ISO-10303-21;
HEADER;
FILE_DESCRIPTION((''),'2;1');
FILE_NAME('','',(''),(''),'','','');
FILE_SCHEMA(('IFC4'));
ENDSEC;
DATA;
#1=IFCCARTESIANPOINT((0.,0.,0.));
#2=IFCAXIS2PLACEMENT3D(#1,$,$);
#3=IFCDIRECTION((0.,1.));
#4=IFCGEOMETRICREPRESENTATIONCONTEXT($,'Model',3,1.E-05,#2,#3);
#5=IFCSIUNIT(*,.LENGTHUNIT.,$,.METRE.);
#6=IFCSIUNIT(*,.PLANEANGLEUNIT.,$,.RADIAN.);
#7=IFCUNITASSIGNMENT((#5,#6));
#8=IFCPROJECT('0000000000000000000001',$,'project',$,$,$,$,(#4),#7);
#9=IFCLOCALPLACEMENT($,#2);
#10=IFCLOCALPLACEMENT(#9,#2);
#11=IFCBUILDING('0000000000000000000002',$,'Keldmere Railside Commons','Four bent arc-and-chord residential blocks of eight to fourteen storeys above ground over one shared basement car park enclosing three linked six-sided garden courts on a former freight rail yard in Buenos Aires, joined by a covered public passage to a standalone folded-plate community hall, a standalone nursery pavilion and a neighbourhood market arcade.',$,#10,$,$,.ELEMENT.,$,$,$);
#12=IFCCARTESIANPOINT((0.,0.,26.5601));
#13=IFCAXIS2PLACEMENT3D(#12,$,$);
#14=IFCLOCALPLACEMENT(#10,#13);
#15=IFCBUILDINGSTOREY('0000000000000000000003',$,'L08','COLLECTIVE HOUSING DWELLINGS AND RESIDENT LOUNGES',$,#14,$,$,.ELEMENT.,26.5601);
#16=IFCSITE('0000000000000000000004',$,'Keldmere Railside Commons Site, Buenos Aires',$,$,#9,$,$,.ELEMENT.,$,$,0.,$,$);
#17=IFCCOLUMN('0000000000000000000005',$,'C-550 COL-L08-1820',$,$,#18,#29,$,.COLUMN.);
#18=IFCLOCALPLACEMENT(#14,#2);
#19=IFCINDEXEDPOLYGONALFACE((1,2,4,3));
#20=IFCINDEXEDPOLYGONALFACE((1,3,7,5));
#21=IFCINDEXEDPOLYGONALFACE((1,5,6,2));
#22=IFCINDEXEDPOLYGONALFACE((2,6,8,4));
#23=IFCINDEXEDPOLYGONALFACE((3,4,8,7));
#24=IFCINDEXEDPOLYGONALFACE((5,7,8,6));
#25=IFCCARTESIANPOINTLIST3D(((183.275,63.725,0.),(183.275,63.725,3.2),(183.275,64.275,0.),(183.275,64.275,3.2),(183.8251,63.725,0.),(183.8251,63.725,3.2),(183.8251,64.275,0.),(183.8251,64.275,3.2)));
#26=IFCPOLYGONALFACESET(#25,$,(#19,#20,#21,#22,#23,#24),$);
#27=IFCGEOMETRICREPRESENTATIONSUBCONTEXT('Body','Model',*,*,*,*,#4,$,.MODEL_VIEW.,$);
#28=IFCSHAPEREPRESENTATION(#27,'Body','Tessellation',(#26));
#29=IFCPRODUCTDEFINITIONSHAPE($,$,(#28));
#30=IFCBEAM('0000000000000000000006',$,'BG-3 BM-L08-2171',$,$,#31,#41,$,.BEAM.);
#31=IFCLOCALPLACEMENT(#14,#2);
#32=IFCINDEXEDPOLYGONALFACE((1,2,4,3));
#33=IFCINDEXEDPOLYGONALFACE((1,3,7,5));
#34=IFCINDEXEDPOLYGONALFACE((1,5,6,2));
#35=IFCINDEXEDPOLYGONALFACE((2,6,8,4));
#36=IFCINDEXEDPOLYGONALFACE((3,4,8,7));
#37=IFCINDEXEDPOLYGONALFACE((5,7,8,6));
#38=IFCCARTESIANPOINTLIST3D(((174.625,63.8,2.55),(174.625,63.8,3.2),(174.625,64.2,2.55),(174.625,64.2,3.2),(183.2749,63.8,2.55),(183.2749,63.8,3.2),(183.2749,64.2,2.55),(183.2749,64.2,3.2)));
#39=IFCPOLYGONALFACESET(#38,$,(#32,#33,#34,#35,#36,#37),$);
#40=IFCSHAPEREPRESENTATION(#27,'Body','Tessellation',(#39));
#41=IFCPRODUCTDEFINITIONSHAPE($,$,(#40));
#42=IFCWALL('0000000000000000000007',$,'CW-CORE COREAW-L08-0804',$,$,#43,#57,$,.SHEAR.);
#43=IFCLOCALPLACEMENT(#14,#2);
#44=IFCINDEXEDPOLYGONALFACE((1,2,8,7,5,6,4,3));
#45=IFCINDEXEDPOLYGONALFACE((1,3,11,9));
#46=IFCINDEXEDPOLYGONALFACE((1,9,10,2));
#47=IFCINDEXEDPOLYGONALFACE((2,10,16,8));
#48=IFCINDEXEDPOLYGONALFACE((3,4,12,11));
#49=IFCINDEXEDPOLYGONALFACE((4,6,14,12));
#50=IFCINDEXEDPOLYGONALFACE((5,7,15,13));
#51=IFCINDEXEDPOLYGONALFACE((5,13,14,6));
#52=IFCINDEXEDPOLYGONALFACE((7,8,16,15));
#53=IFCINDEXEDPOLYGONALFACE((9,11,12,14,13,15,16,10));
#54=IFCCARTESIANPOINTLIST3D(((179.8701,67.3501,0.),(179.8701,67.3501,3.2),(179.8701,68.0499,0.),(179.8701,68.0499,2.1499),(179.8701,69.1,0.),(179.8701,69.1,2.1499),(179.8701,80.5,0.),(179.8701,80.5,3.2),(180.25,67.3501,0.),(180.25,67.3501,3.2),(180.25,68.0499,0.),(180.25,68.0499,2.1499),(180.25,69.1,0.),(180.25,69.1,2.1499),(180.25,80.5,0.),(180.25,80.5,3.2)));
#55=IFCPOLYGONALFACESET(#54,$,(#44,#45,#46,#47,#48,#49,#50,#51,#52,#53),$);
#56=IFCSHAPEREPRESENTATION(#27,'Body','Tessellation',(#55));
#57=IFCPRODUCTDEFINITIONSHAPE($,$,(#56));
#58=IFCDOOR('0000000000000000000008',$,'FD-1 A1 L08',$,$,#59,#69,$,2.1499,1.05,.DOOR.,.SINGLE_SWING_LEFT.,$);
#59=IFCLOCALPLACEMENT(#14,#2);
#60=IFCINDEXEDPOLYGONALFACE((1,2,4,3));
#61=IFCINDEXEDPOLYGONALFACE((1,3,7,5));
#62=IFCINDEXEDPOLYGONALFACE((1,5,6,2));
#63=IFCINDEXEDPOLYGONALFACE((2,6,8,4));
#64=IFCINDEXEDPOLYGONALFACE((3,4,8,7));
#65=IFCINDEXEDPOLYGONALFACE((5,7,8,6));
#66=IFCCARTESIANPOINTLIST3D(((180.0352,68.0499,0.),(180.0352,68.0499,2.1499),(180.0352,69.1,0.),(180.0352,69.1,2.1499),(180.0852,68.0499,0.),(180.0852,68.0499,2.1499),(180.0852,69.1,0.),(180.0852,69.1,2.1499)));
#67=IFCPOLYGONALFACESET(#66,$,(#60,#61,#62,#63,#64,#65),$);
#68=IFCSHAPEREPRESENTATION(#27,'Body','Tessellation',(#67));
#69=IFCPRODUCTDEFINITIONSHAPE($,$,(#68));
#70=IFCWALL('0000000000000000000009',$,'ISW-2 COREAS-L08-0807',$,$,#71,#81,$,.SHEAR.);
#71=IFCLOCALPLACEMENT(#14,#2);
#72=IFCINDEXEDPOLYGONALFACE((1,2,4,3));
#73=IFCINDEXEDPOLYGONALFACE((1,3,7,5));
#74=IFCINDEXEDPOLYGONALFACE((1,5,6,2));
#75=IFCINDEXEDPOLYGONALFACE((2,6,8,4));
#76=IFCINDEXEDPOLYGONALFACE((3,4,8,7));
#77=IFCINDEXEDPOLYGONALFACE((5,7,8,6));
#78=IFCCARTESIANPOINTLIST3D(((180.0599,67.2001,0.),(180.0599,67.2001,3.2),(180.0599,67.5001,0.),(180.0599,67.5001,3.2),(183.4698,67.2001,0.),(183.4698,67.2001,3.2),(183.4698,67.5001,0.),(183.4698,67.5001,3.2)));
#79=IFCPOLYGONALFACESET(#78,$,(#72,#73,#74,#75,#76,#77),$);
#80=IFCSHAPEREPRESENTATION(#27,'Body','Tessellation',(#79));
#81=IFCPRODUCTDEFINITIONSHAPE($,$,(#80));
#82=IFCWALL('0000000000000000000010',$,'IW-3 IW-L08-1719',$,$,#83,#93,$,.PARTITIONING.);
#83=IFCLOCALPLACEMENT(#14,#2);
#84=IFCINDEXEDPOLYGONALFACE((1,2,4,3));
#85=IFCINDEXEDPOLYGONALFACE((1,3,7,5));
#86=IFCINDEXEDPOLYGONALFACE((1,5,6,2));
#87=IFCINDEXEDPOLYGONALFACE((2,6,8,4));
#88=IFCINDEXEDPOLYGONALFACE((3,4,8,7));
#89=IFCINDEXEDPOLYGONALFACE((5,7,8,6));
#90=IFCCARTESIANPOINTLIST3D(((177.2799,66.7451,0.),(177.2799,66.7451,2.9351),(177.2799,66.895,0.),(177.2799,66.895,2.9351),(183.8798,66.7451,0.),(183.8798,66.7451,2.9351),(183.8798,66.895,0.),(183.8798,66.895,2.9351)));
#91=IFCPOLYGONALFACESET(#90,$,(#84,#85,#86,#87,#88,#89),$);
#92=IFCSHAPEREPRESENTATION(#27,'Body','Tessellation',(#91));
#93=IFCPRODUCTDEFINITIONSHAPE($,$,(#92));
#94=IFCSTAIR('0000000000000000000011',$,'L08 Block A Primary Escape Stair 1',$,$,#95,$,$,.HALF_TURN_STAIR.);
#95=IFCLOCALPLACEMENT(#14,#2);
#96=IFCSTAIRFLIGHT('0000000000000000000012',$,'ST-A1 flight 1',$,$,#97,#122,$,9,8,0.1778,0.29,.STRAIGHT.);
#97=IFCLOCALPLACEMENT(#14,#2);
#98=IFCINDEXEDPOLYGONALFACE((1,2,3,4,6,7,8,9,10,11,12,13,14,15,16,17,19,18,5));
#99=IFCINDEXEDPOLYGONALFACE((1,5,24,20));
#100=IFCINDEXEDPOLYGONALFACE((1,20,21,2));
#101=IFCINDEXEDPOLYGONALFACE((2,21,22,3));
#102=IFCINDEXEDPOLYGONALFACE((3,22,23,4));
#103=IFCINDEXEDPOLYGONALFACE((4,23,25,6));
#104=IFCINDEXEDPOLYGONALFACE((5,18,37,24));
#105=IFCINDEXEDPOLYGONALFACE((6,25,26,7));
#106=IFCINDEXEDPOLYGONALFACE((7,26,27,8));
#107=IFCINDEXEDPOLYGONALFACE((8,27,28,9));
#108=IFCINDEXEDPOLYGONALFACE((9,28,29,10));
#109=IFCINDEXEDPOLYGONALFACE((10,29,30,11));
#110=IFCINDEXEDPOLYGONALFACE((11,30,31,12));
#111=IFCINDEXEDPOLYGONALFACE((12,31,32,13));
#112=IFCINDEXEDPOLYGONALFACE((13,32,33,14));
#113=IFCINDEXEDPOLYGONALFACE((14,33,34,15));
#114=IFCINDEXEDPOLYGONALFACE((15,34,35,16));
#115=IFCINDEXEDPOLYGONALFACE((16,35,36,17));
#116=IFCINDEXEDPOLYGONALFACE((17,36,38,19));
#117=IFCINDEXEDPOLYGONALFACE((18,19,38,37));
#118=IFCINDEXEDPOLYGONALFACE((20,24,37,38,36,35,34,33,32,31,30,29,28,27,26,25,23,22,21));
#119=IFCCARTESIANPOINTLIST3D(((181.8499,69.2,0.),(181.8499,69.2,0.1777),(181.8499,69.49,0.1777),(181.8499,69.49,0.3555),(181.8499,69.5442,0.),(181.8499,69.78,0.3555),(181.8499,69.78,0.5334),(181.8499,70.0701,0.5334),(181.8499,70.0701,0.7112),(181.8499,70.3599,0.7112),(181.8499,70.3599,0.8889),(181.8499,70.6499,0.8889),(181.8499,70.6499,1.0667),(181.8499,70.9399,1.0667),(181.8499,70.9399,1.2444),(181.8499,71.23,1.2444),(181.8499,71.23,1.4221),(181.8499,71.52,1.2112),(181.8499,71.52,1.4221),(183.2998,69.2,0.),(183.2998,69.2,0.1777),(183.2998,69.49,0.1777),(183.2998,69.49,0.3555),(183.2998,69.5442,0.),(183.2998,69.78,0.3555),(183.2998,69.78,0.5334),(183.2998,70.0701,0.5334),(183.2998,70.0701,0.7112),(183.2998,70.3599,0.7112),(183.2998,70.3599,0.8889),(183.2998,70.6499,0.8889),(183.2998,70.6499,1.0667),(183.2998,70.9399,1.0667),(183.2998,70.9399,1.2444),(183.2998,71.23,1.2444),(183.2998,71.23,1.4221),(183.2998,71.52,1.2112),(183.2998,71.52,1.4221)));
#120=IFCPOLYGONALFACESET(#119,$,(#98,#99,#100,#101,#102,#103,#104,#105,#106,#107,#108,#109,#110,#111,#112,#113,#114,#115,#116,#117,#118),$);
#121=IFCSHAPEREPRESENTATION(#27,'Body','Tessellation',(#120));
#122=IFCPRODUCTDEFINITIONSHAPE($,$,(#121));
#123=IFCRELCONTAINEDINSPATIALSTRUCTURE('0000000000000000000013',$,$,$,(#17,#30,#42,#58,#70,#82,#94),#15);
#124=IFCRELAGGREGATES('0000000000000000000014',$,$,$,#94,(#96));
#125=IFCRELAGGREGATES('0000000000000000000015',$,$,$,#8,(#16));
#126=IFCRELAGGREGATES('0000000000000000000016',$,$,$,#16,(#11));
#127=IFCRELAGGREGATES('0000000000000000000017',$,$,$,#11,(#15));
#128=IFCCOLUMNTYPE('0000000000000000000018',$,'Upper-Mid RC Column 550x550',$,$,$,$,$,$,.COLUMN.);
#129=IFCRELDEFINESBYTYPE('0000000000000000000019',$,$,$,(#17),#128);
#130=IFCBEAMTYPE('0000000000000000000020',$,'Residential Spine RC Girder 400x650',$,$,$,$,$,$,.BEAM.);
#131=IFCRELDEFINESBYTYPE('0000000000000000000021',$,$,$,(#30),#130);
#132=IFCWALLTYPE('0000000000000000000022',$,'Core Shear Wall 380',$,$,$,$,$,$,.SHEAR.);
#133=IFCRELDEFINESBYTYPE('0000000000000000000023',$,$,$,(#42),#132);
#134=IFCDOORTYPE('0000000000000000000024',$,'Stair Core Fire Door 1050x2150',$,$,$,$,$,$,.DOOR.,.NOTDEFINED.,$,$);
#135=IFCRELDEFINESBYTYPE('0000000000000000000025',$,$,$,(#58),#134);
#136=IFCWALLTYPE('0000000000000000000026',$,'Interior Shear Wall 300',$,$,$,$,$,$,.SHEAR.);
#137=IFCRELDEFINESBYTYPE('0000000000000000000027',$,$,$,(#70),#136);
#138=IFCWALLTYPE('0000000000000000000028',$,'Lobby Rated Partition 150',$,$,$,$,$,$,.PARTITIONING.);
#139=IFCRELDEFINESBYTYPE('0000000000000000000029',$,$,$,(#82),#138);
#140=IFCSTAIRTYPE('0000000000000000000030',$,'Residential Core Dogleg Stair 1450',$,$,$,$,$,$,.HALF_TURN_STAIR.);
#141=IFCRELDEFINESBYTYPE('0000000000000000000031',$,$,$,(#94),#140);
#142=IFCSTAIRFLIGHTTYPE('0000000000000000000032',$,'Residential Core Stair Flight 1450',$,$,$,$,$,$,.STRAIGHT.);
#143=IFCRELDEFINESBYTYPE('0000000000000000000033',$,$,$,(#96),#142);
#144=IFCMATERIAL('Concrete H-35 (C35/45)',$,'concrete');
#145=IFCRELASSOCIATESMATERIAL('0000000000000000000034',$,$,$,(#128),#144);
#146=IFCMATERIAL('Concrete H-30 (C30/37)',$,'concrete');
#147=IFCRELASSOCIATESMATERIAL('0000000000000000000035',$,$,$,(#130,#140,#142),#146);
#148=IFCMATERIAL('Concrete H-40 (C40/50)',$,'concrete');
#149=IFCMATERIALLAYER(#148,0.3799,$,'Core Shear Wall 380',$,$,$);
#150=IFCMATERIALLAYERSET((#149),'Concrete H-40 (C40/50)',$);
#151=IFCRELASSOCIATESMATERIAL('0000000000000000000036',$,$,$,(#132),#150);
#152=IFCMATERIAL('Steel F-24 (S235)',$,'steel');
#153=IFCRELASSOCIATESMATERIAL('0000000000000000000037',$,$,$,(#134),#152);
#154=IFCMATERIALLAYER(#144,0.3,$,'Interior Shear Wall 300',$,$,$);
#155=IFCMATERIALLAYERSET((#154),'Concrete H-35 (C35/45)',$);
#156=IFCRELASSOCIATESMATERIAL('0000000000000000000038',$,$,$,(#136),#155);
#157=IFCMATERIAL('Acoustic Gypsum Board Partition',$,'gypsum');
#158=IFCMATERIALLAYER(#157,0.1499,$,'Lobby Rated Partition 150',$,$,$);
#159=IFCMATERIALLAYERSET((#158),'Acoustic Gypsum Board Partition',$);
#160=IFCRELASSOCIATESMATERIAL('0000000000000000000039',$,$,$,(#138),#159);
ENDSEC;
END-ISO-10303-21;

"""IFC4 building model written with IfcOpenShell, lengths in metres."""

from ifc_helpers import new_model, si_unit, direction, frame, frame_2d, origin, origin_2d, place, context, subcontext, project, spatial, polyline, rectangle, outline, extrude, material, layer, layer_set, material_profile, profile_set, type_object, element, fill, aggregate, save


model = new_model("IFC4")

# Units and contexts
model_context = context("Model", 3, precision=1e-05, world=origin(), true_north=direction((0.0, 1.0)))
body_context = subcontext(model_context, "Body", "Model", "MODEL_VIEW")
ifc_project = project(units=[si_unit("LENGTHUNIT", "METRE"), si_unit("PLANEANGLEUNIT", "RADIAN")], contexts=[model_context])

# Site, building, storey
site_placement = place(None, origin())
site = spatial("IfcSite", under=ifc_project, at=site_placement, Name="Keldmere Railside Commons Site, Buenos Aires", CompositionType="ELEMENT", RefElevation=0.0)
building_placement = place(site_placement, origin())
building = spatial("IfcBuilding", under=site, at=building_placement, Name="Keldmere Railside Commons", Description="Four bent arc-and-chord residential blocks of eight to fourteen storeys above ground over one shared basement car park enclosing three linked six-sided garden courts on a former freight rail yard in Buenos Aires, joined by a covered public passage to a standalone folded-plate community hall, a standalone nursery pavilion and a neighbourhood market arcade.", CompositionType="ELEMENT")
storey_placement = place(building_placement, frame((0.0, 0.0, 26.5601)))
storey = spatial("IfcBuildingStorey", under=building, at=storey_placement, Name="L08", Description="COLLECTIVE HOUSING DWELLINGS AND RESIDENT LOUNGES", CompositionType="ELEMENT", Elevation=26.5601)

# Column
ifc_material_1 = material(Name="Concrete H-35 (C35/45)", Category="concrete")
ifc_material_profile_1 = material_profile(ifc_material_1, rectangle(XDim=0.55, YDim=0.55, at=origin_2d()), Name="RC-550x550")
ifc_profile_set_1 = profile_set([ifc_material_profile_1], Name="Concrete H-35 (C35/45)")
column_type = type_object("IfcColumnType", Name="Upper-Mid RC Column 550x550", PredefinedType="COLUMN", material=ifc_profile_set_1)
column_placement = place(storey_placement, frame((183.55, 64.0, 0.0), z_axis=(0.0, 0.0, 1.0), x_axis=(1.0, 0.0, 0.0)))
element("IfcColumn", 1, at=column_placement, inside=storey, type_object=column_type, Name="C-550 COL-L08-1820", PredefinedType="COLUMN", context=body_context, shape_type="SweptSolid", body=[
    extrude(rectangle(XDim=0.55, YDim=0.55, at=origin_2d()), origin(), (0.0, 0.0, 1.0), 3.2),
])

# Beam
ifc_material_2 = material(Name="Concrete H-30 (C30/37)", Category="concrete")
ifc_material_profile_2 = material_profile(ifc_material_2, rectangle(XDim=0.3999, YDim=0.6499, at=origin_2d()), Name="RC-400x650")
ifc_profile_set_2 = profile_set([ifc_material_profile_2], Name="Concrete H-30 (C30/37)")
beam_type = type_object("IfcBeamType", Name="Residential Spine RC Girder 400x650", PredefinedType="BEAM", material=ifc_profile_set_2)
beam_placement = place(storey_placement, frame((174.625, 64.0, 2.875), z_axis=(1.0, 0.0, 0.0), x_axis=(0.0, 1.0, 0.0)))
element("IfcBeam", 2, at=beam_placement, inside=storey, type_object=beam_type, Name="BG-3 BM-L08-2171", PredefinedType="BEAM", context=body_context, shape_type="SweptSolid", body=[
    extrude(rectangle(XDim=0.3999, YDim=0.6499, at=origin_2d()), origin(), (0.0, 0.0, 1.0), 8.6499),
])

# Wall, opening, door
ifc_material_3 = material(Name="Concrete H-40 (C40/50)", Category="concrete")
ifc_layer_1 = layer(ifc_material_3, 0.3799, Name="Core Shear Wall 380")
ifc_layer_set_1 = layer_set([ifc_layer_1], Name="Concrete H-40 (C40/50)")
wall_type_1 = type_object("IfcWallType", Name="Core Shear Wall 380", PredefinedType="SHEAR", material=ifc_layer_set_1)
wall_1_placement = place(storey_placement, frame((180.0601, 67.3501, 0.0), z_axis=(0.0, 0.0, 1.0), x_axis=(0.0, 1.0, 0.0)))
wall_1 = element("IfcWall", 3, at=wall_1_placement, inside=storey, type_object=wall_type_1, Name="CW-CORE COREAW-L08-0804", PredefinedType="SHEAR", context=body_context, shape_type="SweptSolid", body=[
    extrude(rectangle(XDim=13.1499, YDim=0.3799, at=frame_2d((6.575, 0.0))), origin(), (0.0, 0.0, 1.0), 3.2),
])
opening_placement = place(wall_1_placement, frame((0.7, 0.0, 0.0)))
opening = element("IfcOpeningElement", 4, at=opening_placement, cuts=wall_1, PredefinedType="OPENING", context=body_context, shape_type="SweptSolid", body=[
    extrude(rectangle(XDim=1.05, YDim=2.1499, at=frame_2d((0.5249, 1.075))), frame((0.0, 0.2, 0.0), z_axis=(0.0, -1.0, 0.0), x_axis=(1.0, 0.0, 0.0)), (0.0, 0.0, 1.0), 0.3999),
])
ifc_material_4 = material(Name="Steel F-24 (S235)", Category="steel")
door_type = type_object("IfcDoorType", Name="Stair Core Fire Door 1050x2150", OperationType="NOTDEFINED", PredefinedType="DOOR", material=ifc_material_4)
door_placement = place(opening_placement, origin())
door = element("IfcDoor", 5, at=door_placement, inside=storey, type_object=door_type, Name="FD-1 A1 L08", OperationType="SINGLE_SWING_LEFT", OverallHeight=2.1499, OverallWidth=1.05, PredefinedType="DOOR", context=body_context, shape_type="SweptSolid", body=[
    extrude(rectangle(XDim=1.05, YDim=2.1499, at=frame_2d((0.5249, 1.075))), frame((0.0, 0.0249, 0.0), z_axis=(0.0, -1.0, 0.0), x_axis=(1.0, 0.0, 0.0)), (0.0, 0.0, 1.0), 0.05),
])
fill(opening, door)

# Walls
ifc_layer_2 = layer(ifc_material_1, 0.3, Name="Interior Shear Wall 300")
ifc_layer_set_2 = layer_set([ifc_layer_2], Name="Concrete H-35 (C35/45)")
wall_type_2 = type_object("IfcWallType", Name="Interior Shear Wall 300", PredefinedType="SHEAR", material=ifc_layer_set_2)
wall_2_placement = place(storey_placement, frame((183.47, 67.3501, 0.0), z_axis=(0.0, 0.0, 1.0), x_axis=(-1.0, 0.0, 0.0)))
element("IfcWall", 6, at=wall_2_placement, inside=storey, type_object=wall_type_2, Name="ISW-2 COREAS-L08-0807", PredefinedType="SHEAR", context=body_context, shape_type="SweptSolid", body=[
    extrude(rectangle(XDim=3.4099, YDim=0.3, at=frame_2d((1.7051, 0.0))), origin(), (0.0, 0.0, 1.0), 3.2),
])
ifc_material_5 = material(Name="Acoustic Gypsum Board Partition", Category="gypsum")
ifc_layer_3 = layer(ifc_material_5, 0.1499, Name="Lobby Rated Partition 150")
ifc_layer_set_3 = layer_set([ifc_layer_3], Name="Acoustic Gypsum Board Partition")
wall_type_3 = type_object("IfcWallType", Name="Lobby Rated Partition 150", PredefinedType="PARTITIONING", material=ifc_layer_set_3)
wall_3_placement = place(storey_placement, frame((177.28, 66.8201, 0.0), z_axis=(0.0, 0.0, 1.0), x_axis=(1.0, 0.0, 0.0)))
element("IfcWall", 7, at=wall_3_placement, inside=storey, type_object=wall_type_3, Name="IW-3 IW-L08-1719", PredefinedType="PARTITIONING", context=body_context, shape_type="SweptSolid", body=[
    extrude(rectangle(XDim=6.5999, YDim=0.1499, at=frame_2d((3.2998, 0.0))), origin(), (0.0, 0.0, 1.0), 2.9351),
])

# Stair, stair flight
stair_type = type_object("IfcStairType", Name="Residential Core Dogleg Stair 1450", PredefinedType="HALF_TURN_STAIR", material=ifc_material_2)
stair_placement = place(storey_placement, origin())
stair = element("IfcStair", 8, at=stair_placement, inside=storey, type_object=stair_type, Name="L08 Block A Primary Escape Stair 1", PredefinedType="HALF_TURN_STAIR")
stair_flight_type = type_object("IfcStairFlightType", Name="Residential Core Stair Flight 1450", PredefinedType="STRAIGHT", material=ifc_material_2)
stair_flight_placement = place(storey_placement, frame((182.575, 69.2, 0.0), z_axis=(0.0, 0.0, 1.0), x_axis=(0.0, 1.0, 0.0)))
stair_flight = element("IfcStairFlight", 9, at=stair_flight_placement, type_object=stair_flight_type, Name="ST-A1 flight 1", NumberOfRisers=9, NumberOfTreads=8, PredefinedType="STRAIGHT", RiserHeight=0.1778, TreadLength=0.29, context=body_context, shape_type="SweptSolid", body=[
    extrude(outline(polyline([(0.0, 0.0), (0.0, 0.1777), (0.29, 0.1777), (0.29, 0.3555), (0.5801, 0.3555), (0.5801, 0.5334), (0.8701, 0.5334), (0.8701, 0.7112), (1.1599, 0.7112), (1.1599, 0.8889), (1.45, 0.8889), (1.45, 1.0667), (1.74, 1.0667), (1.74, 1.2444), (2.03, 1.2444), (2.03, 1.4221), (2.3201, 1.4221), (2.3201, 1.6001), (2.3201, 1.2112), (0.3442, 0.0), (0.0, 0.0)])), frame((0.0, 0.7251, 0.0), z_axis=(0.0, -1.0, 0.0), x_axis=(1.0, 0.0, 0.0)), (0.0, 0.0, 1.0), 1.45),
])
aggregate(stair, [stair_flight])

save(model, "model.ifc")
